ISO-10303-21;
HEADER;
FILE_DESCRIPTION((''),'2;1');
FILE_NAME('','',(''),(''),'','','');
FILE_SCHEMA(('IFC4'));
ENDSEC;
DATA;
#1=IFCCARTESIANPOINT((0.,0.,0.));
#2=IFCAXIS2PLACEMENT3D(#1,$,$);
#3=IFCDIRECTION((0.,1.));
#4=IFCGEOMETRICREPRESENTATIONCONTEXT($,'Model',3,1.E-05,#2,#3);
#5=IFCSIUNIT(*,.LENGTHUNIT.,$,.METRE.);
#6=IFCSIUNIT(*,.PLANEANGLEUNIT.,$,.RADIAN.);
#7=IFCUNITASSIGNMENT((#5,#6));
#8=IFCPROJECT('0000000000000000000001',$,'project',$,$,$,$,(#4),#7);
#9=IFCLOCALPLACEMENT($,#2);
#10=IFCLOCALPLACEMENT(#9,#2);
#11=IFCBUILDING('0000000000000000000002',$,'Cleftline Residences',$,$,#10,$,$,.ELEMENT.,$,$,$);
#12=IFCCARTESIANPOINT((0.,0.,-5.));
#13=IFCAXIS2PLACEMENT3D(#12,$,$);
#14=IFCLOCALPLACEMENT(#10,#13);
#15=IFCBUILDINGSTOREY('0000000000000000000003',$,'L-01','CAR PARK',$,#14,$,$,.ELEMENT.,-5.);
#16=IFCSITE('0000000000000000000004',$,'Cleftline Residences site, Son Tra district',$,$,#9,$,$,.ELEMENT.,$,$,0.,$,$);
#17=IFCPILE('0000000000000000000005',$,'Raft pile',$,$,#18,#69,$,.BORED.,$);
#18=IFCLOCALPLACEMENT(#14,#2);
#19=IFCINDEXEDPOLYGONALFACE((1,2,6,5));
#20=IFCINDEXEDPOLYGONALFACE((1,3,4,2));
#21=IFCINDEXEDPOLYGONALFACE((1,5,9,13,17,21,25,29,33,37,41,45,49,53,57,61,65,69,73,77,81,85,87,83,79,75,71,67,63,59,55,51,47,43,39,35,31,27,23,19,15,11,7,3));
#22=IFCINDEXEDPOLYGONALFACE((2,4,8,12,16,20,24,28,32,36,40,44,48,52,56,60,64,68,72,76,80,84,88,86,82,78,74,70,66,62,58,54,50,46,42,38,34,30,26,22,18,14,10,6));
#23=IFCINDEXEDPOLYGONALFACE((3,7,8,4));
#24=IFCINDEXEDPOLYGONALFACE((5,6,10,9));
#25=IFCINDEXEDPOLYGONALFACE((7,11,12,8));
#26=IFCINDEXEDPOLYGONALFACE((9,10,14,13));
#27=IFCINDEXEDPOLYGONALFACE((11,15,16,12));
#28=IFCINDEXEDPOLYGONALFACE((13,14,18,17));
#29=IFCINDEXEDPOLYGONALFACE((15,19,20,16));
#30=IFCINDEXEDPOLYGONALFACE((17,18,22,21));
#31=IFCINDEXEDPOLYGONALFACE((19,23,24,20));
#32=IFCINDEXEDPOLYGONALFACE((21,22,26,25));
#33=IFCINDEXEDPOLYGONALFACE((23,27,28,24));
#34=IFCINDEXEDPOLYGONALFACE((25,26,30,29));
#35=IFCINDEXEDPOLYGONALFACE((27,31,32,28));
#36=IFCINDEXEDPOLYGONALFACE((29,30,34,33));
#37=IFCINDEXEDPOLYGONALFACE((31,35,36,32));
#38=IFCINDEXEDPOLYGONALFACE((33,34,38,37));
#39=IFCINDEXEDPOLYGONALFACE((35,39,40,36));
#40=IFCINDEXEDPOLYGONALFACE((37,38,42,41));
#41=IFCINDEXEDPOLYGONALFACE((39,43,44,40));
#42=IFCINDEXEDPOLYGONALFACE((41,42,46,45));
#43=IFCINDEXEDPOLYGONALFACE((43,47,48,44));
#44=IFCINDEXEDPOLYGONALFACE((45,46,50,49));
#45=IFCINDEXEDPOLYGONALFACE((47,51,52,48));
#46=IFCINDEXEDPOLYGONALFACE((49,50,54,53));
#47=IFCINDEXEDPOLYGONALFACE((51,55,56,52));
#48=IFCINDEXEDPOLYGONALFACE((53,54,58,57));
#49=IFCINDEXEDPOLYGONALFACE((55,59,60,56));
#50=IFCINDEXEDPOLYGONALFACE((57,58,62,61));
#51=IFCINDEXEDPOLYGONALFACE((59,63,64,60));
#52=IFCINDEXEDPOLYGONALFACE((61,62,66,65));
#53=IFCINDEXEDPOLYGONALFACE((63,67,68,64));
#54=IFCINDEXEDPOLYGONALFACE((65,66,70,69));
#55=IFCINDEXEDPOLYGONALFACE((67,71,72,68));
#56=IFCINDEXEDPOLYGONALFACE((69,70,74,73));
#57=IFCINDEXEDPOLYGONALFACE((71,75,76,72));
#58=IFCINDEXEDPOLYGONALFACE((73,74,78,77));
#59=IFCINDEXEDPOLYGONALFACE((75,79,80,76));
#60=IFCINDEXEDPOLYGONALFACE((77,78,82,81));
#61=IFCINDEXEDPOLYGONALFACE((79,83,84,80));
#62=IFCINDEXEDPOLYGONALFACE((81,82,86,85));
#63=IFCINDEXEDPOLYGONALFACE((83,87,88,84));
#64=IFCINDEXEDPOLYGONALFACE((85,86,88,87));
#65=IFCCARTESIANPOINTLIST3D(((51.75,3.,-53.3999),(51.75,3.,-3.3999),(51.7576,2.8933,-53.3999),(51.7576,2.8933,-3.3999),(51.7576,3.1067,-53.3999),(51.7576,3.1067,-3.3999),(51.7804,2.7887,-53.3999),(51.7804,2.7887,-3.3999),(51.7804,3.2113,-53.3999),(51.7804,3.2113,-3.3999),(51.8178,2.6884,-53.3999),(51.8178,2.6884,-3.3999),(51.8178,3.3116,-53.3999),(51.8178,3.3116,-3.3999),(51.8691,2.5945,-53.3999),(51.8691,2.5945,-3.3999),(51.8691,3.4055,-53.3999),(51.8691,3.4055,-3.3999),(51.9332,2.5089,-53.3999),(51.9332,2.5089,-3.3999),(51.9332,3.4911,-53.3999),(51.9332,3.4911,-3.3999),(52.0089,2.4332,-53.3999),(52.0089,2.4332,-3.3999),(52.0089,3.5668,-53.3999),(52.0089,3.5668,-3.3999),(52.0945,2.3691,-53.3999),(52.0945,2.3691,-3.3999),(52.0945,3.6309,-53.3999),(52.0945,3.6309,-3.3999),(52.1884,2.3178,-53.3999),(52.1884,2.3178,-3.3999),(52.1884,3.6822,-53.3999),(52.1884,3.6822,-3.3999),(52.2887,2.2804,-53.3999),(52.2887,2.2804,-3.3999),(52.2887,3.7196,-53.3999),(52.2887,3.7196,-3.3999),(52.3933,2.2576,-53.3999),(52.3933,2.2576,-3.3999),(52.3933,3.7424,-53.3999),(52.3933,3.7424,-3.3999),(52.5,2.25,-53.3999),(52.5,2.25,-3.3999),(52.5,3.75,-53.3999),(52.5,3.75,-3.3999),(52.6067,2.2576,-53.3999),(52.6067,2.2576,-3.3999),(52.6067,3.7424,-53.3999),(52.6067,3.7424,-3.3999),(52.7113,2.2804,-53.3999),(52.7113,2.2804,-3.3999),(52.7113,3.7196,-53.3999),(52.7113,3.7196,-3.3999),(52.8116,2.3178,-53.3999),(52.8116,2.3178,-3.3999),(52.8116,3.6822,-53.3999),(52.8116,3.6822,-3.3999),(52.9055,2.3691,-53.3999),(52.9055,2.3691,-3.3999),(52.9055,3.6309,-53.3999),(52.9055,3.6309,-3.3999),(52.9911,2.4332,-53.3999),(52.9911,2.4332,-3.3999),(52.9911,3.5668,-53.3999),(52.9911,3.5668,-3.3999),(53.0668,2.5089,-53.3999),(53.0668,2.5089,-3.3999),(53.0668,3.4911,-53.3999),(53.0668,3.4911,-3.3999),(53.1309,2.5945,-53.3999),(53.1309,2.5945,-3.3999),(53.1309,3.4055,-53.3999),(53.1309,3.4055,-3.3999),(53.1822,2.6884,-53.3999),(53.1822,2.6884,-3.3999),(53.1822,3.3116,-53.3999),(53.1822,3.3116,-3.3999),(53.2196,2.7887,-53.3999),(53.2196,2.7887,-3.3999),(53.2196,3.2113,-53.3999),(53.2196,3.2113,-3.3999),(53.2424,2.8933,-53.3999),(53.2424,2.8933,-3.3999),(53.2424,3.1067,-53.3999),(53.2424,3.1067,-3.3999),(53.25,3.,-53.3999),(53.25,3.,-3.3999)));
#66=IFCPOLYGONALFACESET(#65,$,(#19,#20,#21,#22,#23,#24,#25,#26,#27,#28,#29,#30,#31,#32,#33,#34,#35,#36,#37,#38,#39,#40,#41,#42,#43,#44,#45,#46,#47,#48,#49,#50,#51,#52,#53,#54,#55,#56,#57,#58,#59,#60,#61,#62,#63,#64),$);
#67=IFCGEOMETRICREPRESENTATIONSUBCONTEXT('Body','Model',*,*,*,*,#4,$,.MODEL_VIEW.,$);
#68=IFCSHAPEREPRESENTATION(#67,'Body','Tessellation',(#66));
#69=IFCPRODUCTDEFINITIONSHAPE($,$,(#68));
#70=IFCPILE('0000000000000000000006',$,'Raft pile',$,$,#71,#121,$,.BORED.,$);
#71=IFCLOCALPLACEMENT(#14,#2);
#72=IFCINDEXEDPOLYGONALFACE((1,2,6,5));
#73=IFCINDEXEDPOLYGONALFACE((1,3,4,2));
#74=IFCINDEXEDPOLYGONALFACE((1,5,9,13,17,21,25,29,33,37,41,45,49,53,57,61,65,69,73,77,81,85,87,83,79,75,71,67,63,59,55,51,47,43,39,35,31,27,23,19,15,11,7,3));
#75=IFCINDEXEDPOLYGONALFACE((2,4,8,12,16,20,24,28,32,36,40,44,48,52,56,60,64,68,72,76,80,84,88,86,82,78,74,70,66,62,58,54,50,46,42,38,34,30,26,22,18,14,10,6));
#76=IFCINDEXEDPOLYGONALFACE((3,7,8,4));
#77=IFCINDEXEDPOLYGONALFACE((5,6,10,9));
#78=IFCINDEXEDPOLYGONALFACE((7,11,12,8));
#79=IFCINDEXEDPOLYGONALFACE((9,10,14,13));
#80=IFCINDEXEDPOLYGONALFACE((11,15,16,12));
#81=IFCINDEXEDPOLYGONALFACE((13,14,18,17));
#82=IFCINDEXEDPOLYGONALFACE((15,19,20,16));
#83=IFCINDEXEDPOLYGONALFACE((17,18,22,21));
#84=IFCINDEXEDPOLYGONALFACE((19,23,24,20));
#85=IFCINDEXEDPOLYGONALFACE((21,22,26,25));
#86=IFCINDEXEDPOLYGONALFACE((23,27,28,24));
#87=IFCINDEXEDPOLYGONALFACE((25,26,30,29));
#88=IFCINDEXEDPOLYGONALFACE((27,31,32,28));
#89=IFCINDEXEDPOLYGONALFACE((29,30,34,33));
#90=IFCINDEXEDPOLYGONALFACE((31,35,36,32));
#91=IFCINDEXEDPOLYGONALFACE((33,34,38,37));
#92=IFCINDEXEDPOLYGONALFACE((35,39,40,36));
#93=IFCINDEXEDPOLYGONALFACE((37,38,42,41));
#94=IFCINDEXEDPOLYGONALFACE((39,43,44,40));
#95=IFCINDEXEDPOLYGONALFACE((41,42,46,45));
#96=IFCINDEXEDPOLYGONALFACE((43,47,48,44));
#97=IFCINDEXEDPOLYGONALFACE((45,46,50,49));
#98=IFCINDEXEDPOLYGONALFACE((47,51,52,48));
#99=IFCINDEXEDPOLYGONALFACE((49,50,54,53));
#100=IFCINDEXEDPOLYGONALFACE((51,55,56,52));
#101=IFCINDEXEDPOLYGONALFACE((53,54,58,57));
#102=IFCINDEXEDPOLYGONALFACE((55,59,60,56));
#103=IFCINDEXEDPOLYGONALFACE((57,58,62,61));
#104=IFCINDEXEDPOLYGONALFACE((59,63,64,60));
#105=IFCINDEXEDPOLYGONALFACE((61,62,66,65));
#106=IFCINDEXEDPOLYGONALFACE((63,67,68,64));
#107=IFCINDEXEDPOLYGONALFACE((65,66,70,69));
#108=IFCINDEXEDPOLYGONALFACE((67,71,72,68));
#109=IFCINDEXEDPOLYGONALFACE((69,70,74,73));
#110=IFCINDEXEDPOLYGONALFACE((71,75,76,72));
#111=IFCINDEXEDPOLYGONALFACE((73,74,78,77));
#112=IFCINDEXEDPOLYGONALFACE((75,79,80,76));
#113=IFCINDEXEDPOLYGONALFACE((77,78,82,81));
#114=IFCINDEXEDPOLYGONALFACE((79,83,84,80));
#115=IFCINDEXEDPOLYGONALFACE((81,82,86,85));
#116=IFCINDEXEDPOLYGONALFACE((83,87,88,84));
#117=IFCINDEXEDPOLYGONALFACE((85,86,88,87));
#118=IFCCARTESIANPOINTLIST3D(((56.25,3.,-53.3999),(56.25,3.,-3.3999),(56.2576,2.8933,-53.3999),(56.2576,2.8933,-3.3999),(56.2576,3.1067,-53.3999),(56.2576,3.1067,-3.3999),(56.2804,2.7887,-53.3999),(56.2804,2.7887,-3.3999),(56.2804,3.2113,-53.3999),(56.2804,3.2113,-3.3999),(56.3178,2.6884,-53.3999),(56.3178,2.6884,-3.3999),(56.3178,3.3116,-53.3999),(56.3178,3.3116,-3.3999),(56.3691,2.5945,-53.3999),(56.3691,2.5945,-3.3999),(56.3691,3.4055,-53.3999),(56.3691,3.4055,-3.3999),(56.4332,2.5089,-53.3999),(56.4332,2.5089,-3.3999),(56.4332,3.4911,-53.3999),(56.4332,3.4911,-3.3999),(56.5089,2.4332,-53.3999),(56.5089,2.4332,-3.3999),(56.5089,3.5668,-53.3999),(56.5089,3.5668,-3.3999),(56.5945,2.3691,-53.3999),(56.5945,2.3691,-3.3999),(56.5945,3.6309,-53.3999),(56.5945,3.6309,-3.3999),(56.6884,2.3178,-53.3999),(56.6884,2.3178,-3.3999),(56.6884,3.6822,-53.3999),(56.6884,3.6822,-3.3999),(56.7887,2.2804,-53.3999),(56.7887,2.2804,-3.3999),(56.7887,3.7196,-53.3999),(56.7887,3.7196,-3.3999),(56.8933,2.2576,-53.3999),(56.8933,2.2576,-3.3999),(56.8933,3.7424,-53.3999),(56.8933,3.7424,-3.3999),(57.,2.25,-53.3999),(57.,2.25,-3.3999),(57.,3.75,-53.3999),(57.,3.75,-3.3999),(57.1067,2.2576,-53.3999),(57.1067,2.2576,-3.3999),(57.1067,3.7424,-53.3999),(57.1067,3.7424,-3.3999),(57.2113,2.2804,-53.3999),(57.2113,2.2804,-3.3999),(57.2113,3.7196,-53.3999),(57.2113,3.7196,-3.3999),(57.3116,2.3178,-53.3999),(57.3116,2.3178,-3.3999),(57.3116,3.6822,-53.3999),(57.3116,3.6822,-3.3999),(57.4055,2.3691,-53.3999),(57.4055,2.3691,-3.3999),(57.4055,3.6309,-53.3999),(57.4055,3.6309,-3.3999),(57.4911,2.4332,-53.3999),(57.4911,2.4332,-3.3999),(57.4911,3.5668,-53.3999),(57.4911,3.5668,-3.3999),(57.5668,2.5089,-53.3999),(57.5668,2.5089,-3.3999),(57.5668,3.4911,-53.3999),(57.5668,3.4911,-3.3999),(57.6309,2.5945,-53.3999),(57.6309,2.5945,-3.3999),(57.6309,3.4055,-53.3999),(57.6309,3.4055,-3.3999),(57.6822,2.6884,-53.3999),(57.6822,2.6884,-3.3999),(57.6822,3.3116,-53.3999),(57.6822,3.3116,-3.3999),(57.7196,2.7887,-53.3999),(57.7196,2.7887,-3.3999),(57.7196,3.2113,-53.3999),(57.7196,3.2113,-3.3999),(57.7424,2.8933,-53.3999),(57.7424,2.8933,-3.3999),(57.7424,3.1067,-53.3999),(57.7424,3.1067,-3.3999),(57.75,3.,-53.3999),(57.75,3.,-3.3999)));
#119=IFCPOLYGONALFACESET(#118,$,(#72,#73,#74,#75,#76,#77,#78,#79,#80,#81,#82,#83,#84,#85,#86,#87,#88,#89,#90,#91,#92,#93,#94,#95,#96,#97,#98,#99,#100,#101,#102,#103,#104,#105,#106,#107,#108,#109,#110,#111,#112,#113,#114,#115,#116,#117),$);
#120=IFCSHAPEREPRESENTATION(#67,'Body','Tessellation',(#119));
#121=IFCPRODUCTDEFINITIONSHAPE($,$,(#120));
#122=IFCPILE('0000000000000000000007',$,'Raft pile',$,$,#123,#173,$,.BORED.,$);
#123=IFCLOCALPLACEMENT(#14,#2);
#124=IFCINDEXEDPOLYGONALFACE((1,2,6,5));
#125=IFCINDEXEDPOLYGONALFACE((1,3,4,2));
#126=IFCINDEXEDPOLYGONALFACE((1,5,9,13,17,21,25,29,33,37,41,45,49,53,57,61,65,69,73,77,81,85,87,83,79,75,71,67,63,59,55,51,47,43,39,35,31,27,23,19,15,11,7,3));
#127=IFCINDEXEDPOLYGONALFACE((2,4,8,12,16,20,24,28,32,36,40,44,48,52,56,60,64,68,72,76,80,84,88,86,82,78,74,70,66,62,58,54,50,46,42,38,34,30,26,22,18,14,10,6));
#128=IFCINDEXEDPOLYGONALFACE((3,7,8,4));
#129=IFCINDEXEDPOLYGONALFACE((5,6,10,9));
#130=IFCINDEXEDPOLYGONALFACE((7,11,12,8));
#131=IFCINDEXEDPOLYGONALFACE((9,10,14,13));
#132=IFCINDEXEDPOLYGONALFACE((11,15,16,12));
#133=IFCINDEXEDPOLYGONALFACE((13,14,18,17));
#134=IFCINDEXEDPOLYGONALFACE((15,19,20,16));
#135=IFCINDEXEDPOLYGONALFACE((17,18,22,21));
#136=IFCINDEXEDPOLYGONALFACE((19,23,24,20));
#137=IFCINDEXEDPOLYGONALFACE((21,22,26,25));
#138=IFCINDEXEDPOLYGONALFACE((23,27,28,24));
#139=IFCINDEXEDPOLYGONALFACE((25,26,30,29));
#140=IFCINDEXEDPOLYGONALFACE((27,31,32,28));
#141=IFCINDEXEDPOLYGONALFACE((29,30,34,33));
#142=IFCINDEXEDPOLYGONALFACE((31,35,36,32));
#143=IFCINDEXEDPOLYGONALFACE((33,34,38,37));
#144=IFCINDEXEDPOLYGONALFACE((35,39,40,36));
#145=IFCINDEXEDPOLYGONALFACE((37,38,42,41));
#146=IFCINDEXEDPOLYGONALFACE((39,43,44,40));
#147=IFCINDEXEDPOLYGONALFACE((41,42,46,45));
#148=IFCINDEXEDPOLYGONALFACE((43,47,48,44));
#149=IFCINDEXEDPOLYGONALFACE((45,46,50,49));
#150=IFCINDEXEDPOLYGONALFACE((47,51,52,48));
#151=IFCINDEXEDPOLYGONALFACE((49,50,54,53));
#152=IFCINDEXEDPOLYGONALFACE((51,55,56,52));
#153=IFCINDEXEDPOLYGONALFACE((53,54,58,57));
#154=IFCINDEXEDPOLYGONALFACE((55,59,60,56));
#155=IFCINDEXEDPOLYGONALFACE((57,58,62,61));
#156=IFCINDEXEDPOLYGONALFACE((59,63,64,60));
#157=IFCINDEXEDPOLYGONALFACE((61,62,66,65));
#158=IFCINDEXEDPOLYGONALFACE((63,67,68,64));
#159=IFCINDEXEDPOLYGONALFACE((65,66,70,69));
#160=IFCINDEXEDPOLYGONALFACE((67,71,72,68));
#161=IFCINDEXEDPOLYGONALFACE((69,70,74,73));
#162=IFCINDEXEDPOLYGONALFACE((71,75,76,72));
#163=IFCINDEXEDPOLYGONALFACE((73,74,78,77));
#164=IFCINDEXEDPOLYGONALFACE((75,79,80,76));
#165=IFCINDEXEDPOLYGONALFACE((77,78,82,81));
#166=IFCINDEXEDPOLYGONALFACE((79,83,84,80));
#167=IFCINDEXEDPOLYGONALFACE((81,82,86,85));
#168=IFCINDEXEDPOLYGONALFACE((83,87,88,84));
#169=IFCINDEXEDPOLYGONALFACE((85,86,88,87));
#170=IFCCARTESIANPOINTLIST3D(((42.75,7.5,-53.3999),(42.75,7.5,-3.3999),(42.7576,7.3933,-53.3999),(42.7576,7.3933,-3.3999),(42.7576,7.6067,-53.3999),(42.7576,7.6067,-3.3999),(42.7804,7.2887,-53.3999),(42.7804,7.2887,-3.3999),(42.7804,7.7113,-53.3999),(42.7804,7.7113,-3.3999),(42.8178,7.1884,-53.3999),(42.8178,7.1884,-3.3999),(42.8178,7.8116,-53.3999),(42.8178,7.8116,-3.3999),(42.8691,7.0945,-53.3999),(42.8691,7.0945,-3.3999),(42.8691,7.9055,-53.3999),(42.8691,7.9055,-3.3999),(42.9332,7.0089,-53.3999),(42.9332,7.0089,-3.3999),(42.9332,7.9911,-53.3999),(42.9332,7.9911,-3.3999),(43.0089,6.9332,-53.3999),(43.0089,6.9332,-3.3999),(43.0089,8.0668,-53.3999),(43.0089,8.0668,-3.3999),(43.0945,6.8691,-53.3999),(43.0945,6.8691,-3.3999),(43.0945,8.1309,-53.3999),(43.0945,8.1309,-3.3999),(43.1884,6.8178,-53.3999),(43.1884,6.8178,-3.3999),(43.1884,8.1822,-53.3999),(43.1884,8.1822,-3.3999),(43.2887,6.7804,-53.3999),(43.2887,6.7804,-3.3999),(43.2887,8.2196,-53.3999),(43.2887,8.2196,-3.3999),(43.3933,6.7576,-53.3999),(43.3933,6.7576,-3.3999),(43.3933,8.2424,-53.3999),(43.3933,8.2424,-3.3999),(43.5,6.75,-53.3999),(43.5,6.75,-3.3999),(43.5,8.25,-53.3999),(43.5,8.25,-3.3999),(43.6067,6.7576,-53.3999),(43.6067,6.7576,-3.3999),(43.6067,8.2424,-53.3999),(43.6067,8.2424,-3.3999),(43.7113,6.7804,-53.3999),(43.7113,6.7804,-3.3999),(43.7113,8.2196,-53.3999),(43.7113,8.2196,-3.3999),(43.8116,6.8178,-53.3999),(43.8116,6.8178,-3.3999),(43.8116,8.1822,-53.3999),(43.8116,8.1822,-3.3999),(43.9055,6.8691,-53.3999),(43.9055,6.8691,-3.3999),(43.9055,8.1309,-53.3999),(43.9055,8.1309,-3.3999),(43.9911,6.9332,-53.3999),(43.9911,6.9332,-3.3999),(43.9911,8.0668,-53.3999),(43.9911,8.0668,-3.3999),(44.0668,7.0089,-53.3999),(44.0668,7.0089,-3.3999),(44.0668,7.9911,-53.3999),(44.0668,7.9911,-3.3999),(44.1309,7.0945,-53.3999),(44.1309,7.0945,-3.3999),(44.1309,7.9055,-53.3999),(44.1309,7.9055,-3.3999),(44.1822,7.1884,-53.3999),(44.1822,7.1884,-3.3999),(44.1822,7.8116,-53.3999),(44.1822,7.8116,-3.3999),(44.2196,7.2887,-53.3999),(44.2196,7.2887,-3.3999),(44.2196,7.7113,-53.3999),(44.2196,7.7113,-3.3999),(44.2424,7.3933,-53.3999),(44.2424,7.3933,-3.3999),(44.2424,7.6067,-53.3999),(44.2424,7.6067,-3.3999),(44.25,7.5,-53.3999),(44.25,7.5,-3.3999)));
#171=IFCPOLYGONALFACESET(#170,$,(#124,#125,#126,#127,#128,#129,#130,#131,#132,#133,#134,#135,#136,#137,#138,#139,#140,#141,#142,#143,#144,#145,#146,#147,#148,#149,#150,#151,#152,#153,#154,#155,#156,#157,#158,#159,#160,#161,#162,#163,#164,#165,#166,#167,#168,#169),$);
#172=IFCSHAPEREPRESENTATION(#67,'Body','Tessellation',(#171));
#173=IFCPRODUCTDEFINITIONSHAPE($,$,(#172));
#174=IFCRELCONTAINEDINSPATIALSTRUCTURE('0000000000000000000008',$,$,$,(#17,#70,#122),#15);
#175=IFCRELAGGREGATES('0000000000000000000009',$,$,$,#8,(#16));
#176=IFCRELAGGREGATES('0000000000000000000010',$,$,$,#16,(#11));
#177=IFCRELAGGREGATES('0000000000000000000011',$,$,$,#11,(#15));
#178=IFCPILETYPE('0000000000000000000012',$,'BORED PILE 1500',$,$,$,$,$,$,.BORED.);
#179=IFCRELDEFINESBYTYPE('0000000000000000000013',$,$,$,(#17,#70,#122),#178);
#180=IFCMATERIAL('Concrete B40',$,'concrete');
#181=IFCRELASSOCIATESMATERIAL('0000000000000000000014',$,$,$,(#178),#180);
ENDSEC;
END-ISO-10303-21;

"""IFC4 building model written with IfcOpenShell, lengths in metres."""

from ifc_helpers import new_model, si_unit, direction, frame, origin, origin_2d, place, context, subcontext, project, spatial, circle, extrude, material, material_profile, profile_set, type_object, element, save


model = new_model("IFC4")

# Units and contexts
model_context = context("Model", 3, precision=1e-05, world=origin(), true_north=direction((0.0, 1.0)))
body_context = subcontext(model_context, "Body", "Model", "MODEL_VIEW")
ifc_project = project(units=[si_unit("LENGTHUNIT", "METRE"), si_unit("PLANEANGLEUNIT", "RADIAN")], contexts=[model_context])

# Site, building, storey
site_placement = place(None, origin())
site = spatial("IfcSite", under=ifc_project, at=site_placement, Name="Cleftline Residences site, Son Tra district", CompositionType="ELEMENT", RefElevation=0.0)
building_placement = place(site_placement, origin())
building = spatial("IfcBuilding", under=site, at=building_placement, Name="Cleftline Residences", CompositionType="ELEMENT")
storey_placement = place(building_placement, frame((0.0, 0.0, -5.0)))
storey = spatial("IfcBuildingStorey", under=building, at=storey_placement, Name="L-01", Description="CAR PARK", CompositionType="ELEMENT", Elevation=-5.0)

# Piles
ifc_material_1 = material(Name="Concrete B40", Category="concrete")
ifc_material_profile_1 = material_profile(ifc_material_1, circle(Radius=0.75, at=origin_2d()))
ifc_profile_set_1 = profile_set([ifc_material_profile_1], Name="Concrete B40")
pile_type = type_object("IfcPileType", Name="BORED PILE 1500", PredefinedType="BORED", material=ifc_profile_set_1)
for number, where, z_axis, x_axis, name in (
    (1, (52.5, 3.0, -3.3999), (0.0, 0.0, -1.0), (1.0, 0.0, 0.0), "Raft pile"),
    (2, (57.0, 3.0, -3.3999), (0.0, 0.0, -1.0), (1.0, 0.0, 0.0), "Raft pile"),
    (3, (43.5, 7.5, -3.3999), (0.0, 0.0, -1.0), (1.0, 0.0, 0.0), "Raft pile"),
):
    element("IfcPile", number, at=place(storey_placement, frame(where, z_axis=z_axis, x_axis=x_axis)), inside=storey, type_object=pile_type, Name=name, PredefinedType="BORED", context=body_context, shape_type="SweptSolid", body=[
        extrude(circle(Radius=0.75, at=origin_2d()), origin(), (0.0, 0.0, 1.0), 50.0),
    ])

save(model, "model.ifc")
